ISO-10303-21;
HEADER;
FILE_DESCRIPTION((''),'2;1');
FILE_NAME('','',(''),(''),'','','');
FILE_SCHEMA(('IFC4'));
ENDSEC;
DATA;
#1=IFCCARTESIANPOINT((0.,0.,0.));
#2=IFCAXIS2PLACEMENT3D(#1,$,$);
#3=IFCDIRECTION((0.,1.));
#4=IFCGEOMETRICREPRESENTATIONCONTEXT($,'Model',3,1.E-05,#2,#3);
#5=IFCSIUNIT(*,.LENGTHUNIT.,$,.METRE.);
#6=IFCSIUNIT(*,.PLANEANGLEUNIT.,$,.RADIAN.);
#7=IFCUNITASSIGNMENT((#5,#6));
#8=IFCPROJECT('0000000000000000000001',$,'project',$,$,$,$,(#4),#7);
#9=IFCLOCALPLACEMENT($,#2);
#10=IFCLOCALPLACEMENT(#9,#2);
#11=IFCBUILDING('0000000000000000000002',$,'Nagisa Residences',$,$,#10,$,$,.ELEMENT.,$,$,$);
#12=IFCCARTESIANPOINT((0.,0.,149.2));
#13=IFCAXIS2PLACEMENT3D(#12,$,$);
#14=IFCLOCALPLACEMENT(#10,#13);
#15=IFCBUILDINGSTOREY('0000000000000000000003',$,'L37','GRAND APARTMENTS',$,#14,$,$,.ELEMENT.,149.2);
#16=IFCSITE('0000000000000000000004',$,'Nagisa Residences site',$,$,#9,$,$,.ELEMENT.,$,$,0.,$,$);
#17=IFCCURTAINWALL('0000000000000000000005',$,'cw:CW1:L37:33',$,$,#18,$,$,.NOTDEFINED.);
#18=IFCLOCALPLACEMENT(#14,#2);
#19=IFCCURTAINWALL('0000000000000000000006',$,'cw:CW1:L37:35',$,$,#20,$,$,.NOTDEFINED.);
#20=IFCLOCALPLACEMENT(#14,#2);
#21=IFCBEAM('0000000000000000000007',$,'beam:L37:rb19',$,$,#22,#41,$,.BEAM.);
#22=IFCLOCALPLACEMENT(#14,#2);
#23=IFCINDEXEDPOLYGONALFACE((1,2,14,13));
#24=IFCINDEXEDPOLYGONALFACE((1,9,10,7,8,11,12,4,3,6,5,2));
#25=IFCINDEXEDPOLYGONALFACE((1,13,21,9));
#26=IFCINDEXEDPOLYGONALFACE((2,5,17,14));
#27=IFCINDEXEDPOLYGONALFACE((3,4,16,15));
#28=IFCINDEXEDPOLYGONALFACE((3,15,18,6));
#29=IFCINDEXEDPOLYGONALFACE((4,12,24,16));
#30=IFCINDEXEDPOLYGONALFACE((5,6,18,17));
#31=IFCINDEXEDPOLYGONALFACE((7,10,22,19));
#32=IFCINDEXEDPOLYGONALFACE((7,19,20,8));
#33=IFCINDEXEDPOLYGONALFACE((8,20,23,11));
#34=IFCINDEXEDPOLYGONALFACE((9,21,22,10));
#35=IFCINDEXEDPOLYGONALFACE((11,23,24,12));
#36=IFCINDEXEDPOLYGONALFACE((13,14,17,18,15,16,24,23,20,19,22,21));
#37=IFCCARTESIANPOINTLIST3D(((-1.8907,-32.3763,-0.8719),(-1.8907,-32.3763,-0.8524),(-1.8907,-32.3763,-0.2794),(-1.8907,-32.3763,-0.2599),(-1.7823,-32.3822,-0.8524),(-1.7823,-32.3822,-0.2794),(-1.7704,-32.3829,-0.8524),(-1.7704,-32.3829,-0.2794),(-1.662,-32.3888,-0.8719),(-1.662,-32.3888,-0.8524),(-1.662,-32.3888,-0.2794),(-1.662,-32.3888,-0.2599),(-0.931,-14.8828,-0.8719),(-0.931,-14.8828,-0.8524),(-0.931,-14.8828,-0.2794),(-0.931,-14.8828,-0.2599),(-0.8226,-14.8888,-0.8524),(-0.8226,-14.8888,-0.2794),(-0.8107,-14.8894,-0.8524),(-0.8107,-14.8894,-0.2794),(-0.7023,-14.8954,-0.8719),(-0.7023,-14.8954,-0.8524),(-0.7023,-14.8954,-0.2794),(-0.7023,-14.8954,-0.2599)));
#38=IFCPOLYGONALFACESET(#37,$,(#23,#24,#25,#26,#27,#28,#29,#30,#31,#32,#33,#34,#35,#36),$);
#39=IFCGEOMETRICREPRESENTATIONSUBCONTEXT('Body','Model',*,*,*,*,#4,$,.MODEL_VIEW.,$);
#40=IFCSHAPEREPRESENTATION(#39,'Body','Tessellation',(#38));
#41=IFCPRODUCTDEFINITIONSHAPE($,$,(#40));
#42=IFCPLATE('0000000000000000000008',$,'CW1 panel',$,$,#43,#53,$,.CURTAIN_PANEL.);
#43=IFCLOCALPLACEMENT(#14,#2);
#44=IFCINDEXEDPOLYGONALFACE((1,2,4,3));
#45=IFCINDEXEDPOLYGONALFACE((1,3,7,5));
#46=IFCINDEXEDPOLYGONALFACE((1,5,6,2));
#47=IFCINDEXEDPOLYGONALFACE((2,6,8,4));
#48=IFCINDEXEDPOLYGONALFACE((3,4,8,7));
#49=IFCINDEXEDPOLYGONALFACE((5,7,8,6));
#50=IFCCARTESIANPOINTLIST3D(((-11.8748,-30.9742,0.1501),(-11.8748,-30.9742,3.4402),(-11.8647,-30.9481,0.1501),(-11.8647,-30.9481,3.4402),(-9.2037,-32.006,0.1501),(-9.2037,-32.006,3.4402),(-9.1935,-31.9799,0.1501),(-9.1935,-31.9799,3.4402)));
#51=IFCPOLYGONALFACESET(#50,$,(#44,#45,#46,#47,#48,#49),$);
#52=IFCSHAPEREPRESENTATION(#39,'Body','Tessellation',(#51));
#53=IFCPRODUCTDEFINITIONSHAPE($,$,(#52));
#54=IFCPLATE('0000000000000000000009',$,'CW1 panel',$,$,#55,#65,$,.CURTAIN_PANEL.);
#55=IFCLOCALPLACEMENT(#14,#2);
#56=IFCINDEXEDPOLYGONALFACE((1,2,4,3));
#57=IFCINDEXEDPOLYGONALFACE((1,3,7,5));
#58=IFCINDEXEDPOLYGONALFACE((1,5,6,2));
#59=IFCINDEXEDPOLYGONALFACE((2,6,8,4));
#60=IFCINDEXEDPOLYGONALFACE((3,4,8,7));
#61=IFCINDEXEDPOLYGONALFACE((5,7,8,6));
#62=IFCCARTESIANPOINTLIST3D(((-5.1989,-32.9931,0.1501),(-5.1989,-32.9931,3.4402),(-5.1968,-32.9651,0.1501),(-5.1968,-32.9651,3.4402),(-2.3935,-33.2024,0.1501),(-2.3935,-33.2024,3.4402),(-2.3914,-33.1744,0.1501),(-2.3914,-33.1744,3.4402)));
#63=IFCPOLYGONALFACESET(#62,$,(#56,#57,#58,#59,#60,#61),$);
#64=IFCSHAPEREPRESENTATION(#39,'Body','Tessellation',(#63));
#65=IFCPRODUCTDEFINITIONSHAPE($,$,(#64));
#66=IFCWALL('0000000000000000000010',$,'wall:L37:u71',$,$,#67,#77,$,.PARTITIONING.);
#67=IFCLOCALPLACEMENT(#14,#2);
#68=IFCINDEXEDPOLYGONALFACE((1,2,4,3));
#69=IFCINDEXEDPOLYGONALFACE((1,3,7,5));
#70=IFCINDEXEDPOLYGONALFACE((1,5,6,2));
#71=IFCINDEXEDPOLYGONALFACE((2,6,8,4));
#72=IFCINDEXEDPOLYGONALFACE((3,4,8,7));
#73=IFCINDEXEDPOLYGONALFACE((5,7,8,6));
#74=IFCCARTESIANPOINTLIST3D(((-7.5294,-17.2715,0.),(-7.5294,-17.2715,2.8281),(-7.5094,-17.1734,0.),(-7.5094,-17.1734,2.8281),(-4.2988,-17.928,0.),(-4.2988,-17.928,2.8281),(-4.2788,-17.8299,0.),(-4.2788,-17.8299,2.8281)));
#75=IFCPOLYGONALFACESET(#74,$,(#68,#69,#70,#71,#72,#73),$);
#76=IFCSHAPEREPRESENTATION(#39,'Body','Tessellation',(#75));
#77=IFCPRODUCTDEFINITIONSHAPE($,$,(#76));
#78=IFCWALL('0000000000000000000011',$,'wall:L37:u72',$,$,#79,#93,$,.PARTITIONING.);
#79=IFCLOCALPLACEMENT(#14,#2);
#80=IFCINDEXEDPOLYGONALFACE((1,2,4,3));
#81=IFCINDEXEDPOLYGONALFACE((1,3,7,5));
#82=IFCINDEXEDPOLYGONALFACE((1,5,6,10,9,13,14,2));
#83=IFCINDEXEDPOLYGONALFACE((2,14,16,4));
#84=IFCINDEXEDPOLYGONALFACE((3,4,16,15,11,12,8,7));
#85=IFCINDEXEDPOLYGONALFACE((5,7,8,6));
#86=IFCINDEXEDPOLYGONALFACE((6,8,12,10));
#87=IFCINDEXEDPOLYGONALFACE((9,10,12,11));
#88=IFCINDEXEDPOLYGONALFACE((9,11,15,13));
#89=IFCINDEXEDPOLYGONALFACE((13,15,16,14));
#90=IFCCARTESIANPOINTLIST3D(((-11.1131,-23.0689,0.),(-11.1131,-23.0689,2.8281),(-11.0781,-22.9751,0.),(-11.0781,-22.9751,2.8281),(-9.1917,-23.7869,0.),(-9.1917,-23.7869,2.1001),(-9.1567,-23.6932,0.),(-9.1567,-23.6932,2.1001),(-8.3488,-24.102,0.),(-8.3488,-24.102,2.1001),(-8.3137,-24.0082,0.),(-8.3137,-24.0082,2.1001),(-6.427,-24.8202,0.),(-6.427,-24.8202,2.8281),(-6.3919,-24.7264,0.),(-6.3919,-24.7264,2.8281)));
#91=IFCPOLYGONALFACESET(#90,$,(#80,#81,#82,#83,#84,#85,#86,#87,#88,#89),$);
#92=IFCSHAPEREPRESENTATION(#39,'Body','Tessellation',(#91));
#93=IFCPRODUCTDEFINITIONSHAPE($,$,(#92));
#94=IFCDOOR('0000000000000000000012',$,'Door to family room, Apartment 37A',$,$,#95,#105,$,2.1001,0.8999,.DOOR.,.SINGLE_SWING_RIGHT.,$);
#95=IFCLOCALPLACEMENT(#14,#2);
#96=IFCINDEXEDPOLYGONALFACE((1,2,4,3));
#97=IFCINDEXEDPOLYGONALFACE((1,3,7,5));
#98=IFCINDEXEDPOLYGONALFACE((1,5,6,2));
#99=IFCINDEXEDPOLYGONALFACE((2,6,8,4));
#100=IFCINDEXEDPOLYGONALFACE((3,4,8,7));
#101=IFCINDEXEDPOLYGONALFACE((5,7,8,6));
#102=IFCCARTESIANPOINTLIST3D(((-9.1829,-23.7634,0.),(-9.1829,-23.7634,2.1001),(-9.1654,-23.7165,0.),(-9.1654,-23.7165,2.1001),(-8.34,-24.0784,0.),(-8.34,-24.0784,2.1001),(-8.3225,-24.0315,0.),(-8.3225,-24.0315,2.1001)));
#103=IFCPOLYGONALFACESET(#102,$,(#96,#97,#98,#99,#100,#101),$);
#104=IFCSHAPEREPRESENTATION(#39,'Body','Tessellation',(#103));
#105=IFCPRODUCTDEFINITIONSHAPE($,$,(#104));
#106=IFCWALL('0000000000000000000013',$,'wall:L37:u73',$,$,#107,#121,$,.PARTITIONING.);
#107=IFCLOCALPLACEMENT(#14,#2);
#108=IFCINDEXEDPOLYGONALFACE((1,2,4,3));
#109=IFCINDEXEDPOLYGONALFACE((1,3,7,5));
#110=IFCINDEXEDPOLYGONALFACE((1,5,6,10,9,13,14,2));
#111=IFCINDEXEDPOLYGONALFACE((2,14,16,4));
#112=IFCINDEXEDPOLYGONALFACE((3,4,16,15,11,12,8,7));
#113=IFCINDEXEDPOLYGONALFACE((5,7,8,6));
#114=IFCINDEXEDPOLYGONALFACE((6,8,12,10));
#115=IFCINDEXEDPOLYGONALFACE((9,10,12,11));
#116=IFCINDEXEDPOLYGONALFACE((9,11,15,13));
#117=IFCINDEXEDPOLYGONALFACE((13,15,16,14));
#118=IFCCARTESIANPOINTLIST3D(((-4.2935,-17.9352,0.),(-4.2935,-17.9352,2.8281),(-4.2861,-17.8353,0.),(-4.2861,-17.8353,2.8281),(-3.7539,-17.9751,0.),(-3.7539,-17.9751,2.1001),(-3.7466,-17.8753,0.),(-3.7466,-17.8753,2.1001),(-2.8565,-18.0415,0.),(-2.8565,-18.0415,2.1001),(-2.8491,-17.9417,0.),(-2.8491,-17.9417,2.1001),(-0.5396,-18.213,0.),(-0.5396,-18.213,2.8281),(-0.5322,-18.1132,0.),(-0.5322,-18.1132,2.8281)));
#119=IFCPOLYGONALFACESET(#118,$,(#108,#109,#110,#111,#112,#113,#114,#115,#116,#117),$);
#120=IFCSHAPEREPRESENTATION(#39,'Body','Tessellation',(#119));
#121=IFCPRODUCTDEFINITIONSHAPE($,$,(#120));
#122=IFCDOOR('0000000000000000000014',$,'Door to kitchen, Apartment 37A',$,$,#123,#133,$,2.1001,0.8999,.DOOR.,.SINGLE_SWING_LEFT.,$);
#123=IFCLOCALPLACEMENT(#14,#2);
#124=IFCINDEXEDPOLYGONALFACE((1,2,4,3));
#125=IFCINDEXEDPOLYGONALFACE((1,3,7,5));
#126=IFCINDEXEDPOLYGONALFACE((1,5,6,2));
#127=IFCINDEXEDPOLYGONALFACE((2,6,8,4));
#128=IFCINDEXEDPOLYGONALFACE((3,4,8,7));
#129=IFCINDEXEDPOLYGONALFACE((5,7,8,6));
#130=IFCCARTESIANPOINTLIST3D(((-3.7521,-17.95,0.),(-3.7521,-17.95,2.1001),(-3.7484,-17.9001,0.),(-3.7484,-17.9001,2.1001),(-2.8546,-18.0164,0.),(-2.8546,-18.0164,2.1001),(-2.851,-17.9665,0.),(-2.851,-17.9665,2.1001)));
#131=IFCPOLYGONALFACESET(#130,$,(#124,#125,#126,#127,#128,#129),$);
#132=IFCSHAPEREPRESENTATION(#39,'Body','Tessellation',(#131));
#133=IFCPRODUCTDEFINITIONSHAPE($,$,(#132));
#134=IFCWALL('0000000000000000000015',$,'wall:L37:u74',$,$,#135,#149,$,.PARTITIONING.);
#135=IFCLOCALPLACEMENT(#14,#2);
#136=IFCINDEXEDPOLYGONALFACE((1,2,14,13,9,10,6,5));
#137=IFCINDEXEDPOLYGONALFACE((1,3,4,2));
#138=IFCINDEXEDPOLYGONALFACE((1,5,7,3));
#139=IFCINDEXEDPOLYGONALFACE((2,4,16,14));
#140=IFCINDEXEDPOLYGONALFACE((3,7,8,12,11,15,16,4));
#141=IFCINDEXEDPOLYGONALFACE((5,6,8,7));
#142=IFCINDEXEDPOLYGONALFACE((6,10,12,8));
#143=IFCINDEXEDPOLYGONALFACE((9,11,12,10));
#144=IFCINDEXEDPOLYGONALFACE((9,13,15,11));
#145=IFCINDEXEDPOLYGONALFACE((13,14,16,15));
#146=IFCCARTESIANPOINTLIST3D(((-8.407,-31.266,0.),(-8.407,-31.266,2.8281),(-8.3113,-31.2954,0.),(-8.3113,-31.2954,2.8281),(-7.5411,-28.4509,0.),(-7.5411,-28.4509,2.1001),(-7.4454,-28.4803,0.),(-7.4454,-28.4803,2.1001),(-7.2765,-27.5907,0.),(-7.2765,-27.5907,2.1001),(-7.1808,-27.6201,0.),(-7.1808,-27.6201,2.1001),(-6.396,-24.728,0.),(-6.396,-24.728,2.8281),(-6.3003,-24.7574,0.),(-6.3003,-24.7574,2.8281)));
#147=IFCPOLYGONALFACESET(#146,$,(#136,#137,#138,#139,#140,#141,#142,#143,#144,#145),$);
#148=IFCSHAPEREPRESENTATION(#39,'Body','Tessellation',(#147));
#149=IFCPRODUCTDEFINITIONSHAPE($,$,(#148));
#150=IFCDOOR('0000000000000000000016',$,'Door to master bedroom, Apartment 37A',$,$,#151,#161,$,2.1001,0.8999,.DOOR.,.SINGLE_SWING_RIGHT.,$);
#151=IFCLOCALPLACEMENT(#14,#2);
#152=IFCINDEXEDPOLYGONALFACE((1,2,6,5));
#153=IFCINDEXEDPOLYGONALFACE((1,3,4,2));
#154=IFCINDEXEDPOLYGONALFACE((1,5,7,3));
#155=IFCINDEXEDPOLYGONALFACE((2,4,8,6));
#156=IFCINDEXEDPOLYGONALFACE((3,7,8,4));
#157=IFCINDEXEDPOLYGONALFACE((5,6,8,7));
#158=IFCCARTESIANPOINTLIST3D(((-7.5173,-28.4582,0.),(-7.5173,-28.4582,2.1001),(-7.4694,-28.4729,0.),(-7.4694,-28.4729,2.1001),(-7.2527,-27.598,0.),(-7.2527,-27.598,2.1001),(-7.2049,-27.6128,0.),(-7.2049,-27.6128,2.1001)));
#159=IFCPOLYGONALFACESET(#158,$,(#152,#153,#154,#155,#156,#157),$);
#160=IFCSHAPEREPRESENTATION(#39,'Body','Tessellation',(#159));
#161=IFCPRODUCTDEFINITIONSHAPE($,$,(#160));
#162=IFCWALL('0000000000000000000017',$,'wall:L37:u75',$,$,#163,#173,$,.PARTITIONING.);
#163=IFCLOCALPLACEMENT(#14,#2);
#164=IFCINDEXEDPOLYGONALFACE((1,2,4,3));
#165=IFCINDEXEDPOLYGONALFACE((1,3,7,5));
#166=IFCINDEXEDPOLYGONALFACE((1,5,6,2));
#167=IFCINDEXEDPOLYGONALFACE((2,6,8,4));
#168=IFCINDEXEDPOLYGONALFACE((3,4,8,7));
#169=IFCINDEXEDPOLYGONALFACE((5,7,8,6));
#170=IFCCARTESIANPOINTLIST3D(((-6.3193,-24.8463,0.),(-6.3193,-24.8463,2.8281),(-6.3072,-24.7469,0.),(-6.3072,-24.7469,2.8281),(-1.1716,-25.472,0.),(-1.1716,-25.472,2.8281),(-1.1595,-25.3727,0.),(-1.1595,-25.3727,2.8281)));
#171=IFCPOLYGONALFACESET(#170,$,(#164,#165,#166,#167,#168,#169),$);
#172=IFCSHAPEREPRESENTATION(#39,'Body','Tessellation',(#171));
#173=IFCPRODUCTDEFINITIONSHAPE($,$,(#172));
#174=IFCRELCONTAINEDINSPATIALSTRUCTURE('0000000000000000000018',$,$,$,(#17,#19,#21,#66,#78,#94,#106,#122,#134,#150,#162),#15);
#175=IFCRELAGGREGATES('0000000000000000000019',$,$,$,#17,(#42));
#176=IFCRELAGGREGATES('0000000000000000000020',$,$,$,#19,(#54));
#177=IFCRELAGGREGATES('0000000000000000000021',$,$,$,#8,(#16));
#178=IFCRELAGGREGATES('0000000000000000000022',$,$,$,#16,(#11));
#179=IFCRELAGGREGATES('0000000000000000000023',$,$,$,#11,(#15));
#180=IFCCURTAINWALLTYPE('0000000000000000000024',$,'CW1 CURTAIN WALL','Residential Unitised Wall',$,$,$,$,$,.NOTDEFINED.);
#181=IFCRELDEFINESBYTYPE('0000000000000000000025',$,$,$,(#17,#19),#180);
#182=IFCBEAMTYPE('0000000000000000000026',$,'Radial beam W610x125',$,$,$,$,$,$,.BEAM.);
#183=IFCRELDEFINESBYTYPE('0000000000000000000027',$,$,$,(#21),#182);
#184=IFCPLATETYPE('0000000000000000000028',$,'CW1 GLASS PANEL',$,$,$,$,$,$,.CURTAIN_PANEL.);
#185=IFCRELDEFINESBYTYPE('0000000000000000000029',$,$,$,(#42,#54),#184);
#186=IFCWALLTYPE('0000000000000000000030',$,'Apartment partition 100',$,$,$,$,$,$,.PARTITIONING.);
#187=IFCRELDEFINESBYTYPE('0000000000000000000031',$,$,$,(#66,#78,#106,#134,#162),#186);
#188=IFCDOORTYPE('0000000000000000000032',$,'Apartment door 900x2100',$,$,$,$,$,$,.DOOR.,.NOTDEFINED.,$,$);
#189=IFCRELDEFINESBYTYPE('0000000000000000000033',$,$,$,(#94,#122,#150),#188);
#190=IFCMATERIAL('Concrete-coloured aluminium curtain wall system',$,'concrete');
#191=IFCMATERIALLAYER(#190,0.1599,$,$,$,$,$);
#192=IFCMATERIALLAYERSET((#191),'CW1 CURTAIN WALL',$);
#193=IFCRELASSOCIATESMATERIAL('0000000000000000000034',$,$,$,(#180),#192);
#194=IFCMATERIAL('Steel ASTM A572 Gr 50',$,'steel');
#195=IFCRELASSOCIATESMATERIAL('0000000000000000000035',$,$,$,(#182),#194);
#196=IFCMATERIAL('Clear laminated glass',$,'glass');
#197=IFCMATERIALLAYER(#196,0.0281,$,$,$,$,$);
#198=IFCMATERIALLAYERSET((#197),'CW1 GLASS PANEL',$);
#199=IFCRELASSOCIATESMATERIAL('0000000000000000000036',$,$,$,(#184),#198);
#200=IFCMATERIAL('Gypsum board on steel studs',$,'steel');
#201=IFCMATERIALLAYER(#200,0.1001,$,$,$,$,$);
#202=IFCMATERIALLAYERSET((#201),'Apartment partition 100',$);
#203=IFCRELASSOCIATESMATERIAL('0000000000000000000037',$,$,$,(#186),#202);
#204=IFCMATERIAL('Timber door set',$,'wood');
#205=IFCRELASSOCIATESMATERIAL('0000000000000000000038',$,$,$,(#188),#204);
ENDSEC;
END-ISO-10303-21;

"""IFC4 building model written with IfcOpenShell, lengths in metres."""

from ifc_helpers import new_model, si_unit, direction, frame, frame_2d, origin, origin_2d, place, context, subcontext, project, spatial, rectangle, i_section, extrude, material, layer, layer_set, material_profile, profile_set, type_object, element, fill, aggregate, save


model = new_model("IFC4")

# Units and contexts
model_context = context("Model", 3, precision=1e-05, world=origin(), true_north=direction((0.0, 1.0)))
body_context = subcontext(model_context, "Body", "Model", "MODEL_VIEW")
ifc_project = project(units=[si_unit("LENGTHUNIT", "METRE"), si_unit("PLANEANGLEUNIT", "RADIAN")], contexts=[model_context])

# Site, building, storey
site_placement = place(None, origin())
site = spatial("IfcSite", under=ifc_project, at=site_placement, Name="Nagisa Residences site", CompositionType="ELEMENT", RefElevation=0.0)
building_placement = place(site_placement, origin())
building = spatial("IfcBuilding", under=site, at=building_placement, Name="Nagisa Residences", CompositionType="ELEMENT")
storey_placement = place(building_placement, frame((0.0, 0.0, 149.2)))
storey = spatial("IfcBuildingStorey", under=building, at=storey_placement, Name="L37", Description="GRAND APARTMENTS", CompositionType="ELEMENT", Elevation=149.2)

# Curtain walls
ifc_material_1 = material(Name="Concrete-coloured aluminium curtain wall system", Category="concrete")
ifc_layer_1 = layer(ifc_material_1, 0.1599)
ifc_layer_set_1 = layer_set([ifc_layer_1], Name="CW1 CURTAIN WALL")
curtain_wall_type = type_object("IfcCurtainWallType", Name="CW1 CURTAIN WALL", Description="Residential Unitised Wall", PredefinedType="NOTDEFINED", material=ifc_layer_set_1)
curtain_wall_1_placement = place(storey_placement, origin())
curtain_wall_1 = element("IfcCurtainWall", 1, at=curtain_wall_1_placement, inside=storey, type_object=curtain_wall_type, Name="cw:CW1:L37:33", PredefinedType="NOTDEFINED")
curtain_wall_2_placement = place(storey_placement, origin())
curtain_wall_2 = element("IfcCurtainWall", 2, at=curtain_wall_2_placement, inside=storey, type_object=curtain_wall_type, Name="cw:CW1:L37:35", PredefinedType="NOTDEFINED")

# Beam
ifc_material_2 = material(Name="Steel ASTM A572 Gr 50", Category="steel")
ifc_material_profile_1 = material_profile(ifc_material_2, i_section(OverallWidth=0.229, OverallDepth=0.6121, WebThickness=0.012, FlangeThickness=0.0195, at=origin_2d()), Name="W610x125")
ifc_profile_set_1 = profile_set([ifc_material_profile_1], Name="Steel ASTM A572 Gr 50")
beam_type_1 = type_object("IfcBeamType", Name="Radial beam W610x125", PredefinedType="BEAM", material=ifc_profile_set_1)
beam_1_placement = place(storey_placement, frame((-1.7764, -32.3826, -0.5659), z_axis=(0.054779, 0.998498, 0.0), x_axis=(-0.998498, 0.054779, 0.0)))
element("IfcBeam", 3, at=beam_1_placement, inside=storey, type_object=beam_type_1, Name="beam:L37:rb19", PredefinedType="BEAM", context=body_context, shape_type="SweptSolid", body=[
    extrude(i_section(OverallWidth=0.229, OverallDepth=0.6121, WebThickness=0.012, FlangeThickness=0.0195, at=origin_2d()), origin(), (0.0, 0.0, 1.0), 17.5198),
])

# Plates
ifc_material_3 = material(Name="Clear laminated glass", Category="glass")
ifc_layer_2 = layer(ifc_material_3, 0.0281)
ifc_layer_set_2 = layer_set([ifc_layer_2], Name="CW1 GLASS PANEL")
plate_type = type_object("IfcPlateType", Name="CW1 GLASS PANEL", PredefinedType="CURTAIN_PANEL", material=ifc_layer_set_2)
plate_1_placement = place(storey_placement, frame((-10.5342, -31.4771, 0.1501), z_axis=(0.0, 0.0, 1.0), x_axis=(0.932826, -0.360328, 0.0)))
plate_1 = element("IfcPlate", 4, at=plate_1_placement, type_object=plate_type, Name="CW1 panel", PredefinedType="CURTAIN_PANEL", context=body_context, shape_type="SweptSolid", body=[
    extrude(rectangle(XDim=2.8635, YDim=0.0281, at=origin_2d()), origin(), (0.0, 0.0, 1.0), 3.29),
])
aggregate(curtain_wall_1, [plate_1])
plate_2_placement = place(storey_placement, frame((-3.7952, -33.0837, 0.1501), z_axis=(0.0, 0.0, 1.0), x_axis=(0.99723, -0.074377, 0.0)))
plate_2 = element("IfcPlate", 5, at=plate_2_placement, type_object=plate_type, Name="CW1 panel", PredefinedType="CURTAIN_PANEL", context=body_context, shape_type="SweptSolid", body=[
    extrude(rectangle(XDim=2.8132, YDim=0.0281, at=origin_2d()), origin(), (0.0, 0.0, 1.0), 3.29),
])
aggregate(curtain_wall_2, [plate_2])

# Wall
ifc_material_4 = material(Name="Gypsum board on steel studs", Category="steel")
ifc_layer_3 = layer(ifc_material_4, 0.1001)
ifc_layer_set_3 = layer_set([ifc_layer_3], Name="Apartment partition 100")
wall_type_1 = type_object("IfcWallType", Name="Apartment partition 100", PredefinedType="PARTITIONING", material=ifc_layer_set_3)
wall_1_placement = place(storey_placement, frame((-7.5195, -17.2224, 0.0), z_axis=(0.0, 0.0, 1.0), x_axis=(0.979972, -0.199134, 0.0)))
element("IfcWall", 6, at=wall_1_placement, inside=storey, type_object=wall_type_1, Name="wall:L37:u71", PredefinedType="PARTITIONING", context=body_context, shape_type="SweptSolid", body=[
    extrude(rectangle(XDim=3.2966, YDim=0.1001, at=frame_2d((1.6484, 0.0))), origin(), (0.0, 0.0, 1.0), 2.8281),
])

# Walls, openings, doors
wall_2_placement = place(storey_placement, frame((-11.0957, -23.022, 0.0), z_axis=(0.0, 0.0, 1.0), x_axis=(0.936726, -0.350064, 0.0)))
wall_2 = element("IfcWall", 7, at=wall_2_placement, inside=storey, type_object=wall_type_1, Name="wall:L37:u72", PredefinedType="PARTITIONING", context=body_context, shape_type="SweptSolid", body=[
    extrude(rectangle(XDim=5.0027, YDim=0.1001, at=frame_2d((2.5015, 0.0))), origin(), (0.0, 0.0, 1.0), 2.8281),
])
opening_1_placement = place(wall_2_placement, frame((2.0513, 0.0, 0.0)))
opening_1 = element("IfcOpeningElement", 8, at=opening_1_placement, cuts=wall_2, PredefinedType="OPENING", context=body_context, shape_type="SweptSolid", body=[
    extrude(rectangle(XDim=0.8999, YDim=2.1001, at=frame_2d((0.45, 1.05))), frame((0.0, 0.0601, 0.0), z_axis=(0.0, -1.0, 0.0), x_axis=(1.0, 0.0, 0.0)), (0.0, 0.0, 1.0), 0.1201),
])
ifc_material_5 = material(Name="Timber door set", Category="wood")
door_type_1 = type_object("IfcDoorType", Name="Apartment door 900x2100", OperationType="NOTDEFINED", PredefinedType="DOOR", material=ifc_material_5)
door_1_placement = place(opening_1_placement, frame((0.8999, 0.0, 0.0), x_axis=(-1.0, 0.0, 0.0)))
door_1 = element("IfcDoor", 9, at=door_1_placement, inside=storey, type_object=door_type_1, Name="Door to family room, Apartment 37A", OperationType="SINGLE_SWING_RIGHT", OverallHeight=2.1001, OverallWidth=0.8999, PredefinedType="DOOR", context=body_context, shape_type="SweptSolid", body=[
    extrude(rectangle(XDim=0.8999, YDim=2.1001, at=frame_2d((0.45, 1.05))), frame((0.0, 0.0249, 0.0), z_axis=(0.0, -1.0, 0.0), x_axis=(1.0, 0.0, 0.0)), (0.0, 0.0, 1.0), 0.05),
])
fill(opening_1, door_1)
wall_3_placement = place(storey_placement, frame((-4.2898, -17.8853, 0.0), z_axis=(0.0, 0.0, 1.0), x_axis=(0.997272, -0.07381, 0.0)))
wall_3 = element("IfcWall", 10, at=wall_3_placement, inside=storey, type_object=wall_type_1, Name="wall:L37:u73", PredefinedType="PARTITIONING", context=body_context, shape_type="SweptSolid", body=[
    extrude(rectangle(XDim=3.7642, YDim=0.1001, at=frame_2d((1.8821, 0.0))), origin(), (0.0, 0.0, 1.0), 2.8281),
])
opening_2_placement = place(wall_3_placement, frame((0.541, 0.0, 0.0)))
opening_2 = element("IfcOpeningElement", 11, at=opening_2_placement, cuts=wall_3, PredefinedType="OPENING", context=body_context, shape_type="SweptSolid", body=[
    extrude(rectangle(XDim=0.8999, YDim=2.1001, at=frame_2d((0.45, 1.05))), frame((0.0, 0.0601, 0.0), z_axis=(0.0, -1.0, 0.0), x_axis=(1.0, 0.0, 0.0)), (0.0, 0.0, 1.0), 0.1201),
])
door_2_placement = place(opening_2_placement, frame((0.8999, 0.0, 0.0), x_axis=(-1.0, 0.0, 0.0)))
door_2 = element("IfcDoor", 12, at=door_2_placement, inside=storey, type_object=door_type_1, Name="Door to kitchen, Apartment 37A", OperationType="SINGLE_SWING_LEFT", OverallHeight=2.1001, OverallWidth=0.8999, PredefinedType="DOOR", context=body_context, shape_type="SweptSolid", body=[
    extrude(rectangle(XDim=0.8999, YDim=2.1001, at=frame_2d((0.45, 1.05))), frame((0.0, 0.0249, 0.0), z_axis=(0.0, -1.0, 0.0), x_axis=(1.0, 0.0, 0.0)), (0.0, 0.0, 1.0), 0.05),
])
fill(opening_2, door_2)
wall_4_placement = place(storey_placement, frame((-6.3481, -24.7427, 0.0), z_axis=(0.0, 0.0, 1.0), x_axis=(-0.293988, -0.955809, 0.0)))
wall_4 = element("IfcWall", 13, at=wall_4_placement, inside=storey, type_object=wall_type_1, Name="wall:L37:u74", PredefinedType="PARTITIONING", context=body_context, shape_type="SweptSolid", body=[
    extrude(rectangle(XDim=6.8403, YDim=0.1001, at=frame_2d((3.4202, 0.0))), origin(), (0.0, 0.0, 1.0), 2.8281),
])
opening_3_placement = place(wall_4_placement, frame((2.9951, 0.0, 0.0)))
opening_3 = element("IfcOpeningElement", 14, at=opening_3_placement, cuts=wall_4, PredefinedType="OPENING", context=body_context, shape_type="SweptSolid", body=[
    extrude(rectangle(XDim=0.8999, YDim=2.1001, at=frame_2d((0.45, 1.05))), frame((0.0, 0.0601, 0.0), z_axis=(0.0, -1.0, 0.0), x_axis=(1.0, 0.0, 0.0)), (0.0, 0.0, 1.0), 0.1201),
])
door_3_placement = place(opening_3_placement, origin())
door_3 = element("IfcDoor", 15, at=door_3_placement, inside=storey, type_object=door_type_1, Name="Door to master bedroom, Apartment 37A", OperationType="SINGLE_SWING_RIGHT", OverallHeight=2.1001, OverallWidth=0.8999, PredefinedType="DOOR", context=body_context, shape_type="SweptSolid", body=[
    extrude(rectangle(XDim=0.8999, YDim=2.1001, at=frame_2d((0.45, 1.05))), frame((0.0, 0.0249, 0.0), z_axis=(0.0, -1.0, 0.0), x_axis=(1.0, 0.0, 0.0)), (0.0, 0.0, 1.0), 0.05),
])
fill(opening_3, door_3)

# Wall
wall_5_placement = place(storey_placement, frame((-6.3132, -24.7966, 0.0), z_axis=(0.0, 0.0, 1.0), x_axis=(0.992693, -0.120667, 0.0)))
element("IfcWall", 16, at=wall_5_placement, inside=storey, type_object=wall_type_1, Name="wall:L37:u75", PredefinedType="PARTITIONING", context=body_context, shape_type="SweptSolid", body=[
    extrude(rectangle(XDim=5.1855, YDim=0.1001, at=frame_2d((2.5928, 0.0))), origin(), (0.0, 0.0, 1.0), 2.8281),
])

save(model, "model.ifc")
